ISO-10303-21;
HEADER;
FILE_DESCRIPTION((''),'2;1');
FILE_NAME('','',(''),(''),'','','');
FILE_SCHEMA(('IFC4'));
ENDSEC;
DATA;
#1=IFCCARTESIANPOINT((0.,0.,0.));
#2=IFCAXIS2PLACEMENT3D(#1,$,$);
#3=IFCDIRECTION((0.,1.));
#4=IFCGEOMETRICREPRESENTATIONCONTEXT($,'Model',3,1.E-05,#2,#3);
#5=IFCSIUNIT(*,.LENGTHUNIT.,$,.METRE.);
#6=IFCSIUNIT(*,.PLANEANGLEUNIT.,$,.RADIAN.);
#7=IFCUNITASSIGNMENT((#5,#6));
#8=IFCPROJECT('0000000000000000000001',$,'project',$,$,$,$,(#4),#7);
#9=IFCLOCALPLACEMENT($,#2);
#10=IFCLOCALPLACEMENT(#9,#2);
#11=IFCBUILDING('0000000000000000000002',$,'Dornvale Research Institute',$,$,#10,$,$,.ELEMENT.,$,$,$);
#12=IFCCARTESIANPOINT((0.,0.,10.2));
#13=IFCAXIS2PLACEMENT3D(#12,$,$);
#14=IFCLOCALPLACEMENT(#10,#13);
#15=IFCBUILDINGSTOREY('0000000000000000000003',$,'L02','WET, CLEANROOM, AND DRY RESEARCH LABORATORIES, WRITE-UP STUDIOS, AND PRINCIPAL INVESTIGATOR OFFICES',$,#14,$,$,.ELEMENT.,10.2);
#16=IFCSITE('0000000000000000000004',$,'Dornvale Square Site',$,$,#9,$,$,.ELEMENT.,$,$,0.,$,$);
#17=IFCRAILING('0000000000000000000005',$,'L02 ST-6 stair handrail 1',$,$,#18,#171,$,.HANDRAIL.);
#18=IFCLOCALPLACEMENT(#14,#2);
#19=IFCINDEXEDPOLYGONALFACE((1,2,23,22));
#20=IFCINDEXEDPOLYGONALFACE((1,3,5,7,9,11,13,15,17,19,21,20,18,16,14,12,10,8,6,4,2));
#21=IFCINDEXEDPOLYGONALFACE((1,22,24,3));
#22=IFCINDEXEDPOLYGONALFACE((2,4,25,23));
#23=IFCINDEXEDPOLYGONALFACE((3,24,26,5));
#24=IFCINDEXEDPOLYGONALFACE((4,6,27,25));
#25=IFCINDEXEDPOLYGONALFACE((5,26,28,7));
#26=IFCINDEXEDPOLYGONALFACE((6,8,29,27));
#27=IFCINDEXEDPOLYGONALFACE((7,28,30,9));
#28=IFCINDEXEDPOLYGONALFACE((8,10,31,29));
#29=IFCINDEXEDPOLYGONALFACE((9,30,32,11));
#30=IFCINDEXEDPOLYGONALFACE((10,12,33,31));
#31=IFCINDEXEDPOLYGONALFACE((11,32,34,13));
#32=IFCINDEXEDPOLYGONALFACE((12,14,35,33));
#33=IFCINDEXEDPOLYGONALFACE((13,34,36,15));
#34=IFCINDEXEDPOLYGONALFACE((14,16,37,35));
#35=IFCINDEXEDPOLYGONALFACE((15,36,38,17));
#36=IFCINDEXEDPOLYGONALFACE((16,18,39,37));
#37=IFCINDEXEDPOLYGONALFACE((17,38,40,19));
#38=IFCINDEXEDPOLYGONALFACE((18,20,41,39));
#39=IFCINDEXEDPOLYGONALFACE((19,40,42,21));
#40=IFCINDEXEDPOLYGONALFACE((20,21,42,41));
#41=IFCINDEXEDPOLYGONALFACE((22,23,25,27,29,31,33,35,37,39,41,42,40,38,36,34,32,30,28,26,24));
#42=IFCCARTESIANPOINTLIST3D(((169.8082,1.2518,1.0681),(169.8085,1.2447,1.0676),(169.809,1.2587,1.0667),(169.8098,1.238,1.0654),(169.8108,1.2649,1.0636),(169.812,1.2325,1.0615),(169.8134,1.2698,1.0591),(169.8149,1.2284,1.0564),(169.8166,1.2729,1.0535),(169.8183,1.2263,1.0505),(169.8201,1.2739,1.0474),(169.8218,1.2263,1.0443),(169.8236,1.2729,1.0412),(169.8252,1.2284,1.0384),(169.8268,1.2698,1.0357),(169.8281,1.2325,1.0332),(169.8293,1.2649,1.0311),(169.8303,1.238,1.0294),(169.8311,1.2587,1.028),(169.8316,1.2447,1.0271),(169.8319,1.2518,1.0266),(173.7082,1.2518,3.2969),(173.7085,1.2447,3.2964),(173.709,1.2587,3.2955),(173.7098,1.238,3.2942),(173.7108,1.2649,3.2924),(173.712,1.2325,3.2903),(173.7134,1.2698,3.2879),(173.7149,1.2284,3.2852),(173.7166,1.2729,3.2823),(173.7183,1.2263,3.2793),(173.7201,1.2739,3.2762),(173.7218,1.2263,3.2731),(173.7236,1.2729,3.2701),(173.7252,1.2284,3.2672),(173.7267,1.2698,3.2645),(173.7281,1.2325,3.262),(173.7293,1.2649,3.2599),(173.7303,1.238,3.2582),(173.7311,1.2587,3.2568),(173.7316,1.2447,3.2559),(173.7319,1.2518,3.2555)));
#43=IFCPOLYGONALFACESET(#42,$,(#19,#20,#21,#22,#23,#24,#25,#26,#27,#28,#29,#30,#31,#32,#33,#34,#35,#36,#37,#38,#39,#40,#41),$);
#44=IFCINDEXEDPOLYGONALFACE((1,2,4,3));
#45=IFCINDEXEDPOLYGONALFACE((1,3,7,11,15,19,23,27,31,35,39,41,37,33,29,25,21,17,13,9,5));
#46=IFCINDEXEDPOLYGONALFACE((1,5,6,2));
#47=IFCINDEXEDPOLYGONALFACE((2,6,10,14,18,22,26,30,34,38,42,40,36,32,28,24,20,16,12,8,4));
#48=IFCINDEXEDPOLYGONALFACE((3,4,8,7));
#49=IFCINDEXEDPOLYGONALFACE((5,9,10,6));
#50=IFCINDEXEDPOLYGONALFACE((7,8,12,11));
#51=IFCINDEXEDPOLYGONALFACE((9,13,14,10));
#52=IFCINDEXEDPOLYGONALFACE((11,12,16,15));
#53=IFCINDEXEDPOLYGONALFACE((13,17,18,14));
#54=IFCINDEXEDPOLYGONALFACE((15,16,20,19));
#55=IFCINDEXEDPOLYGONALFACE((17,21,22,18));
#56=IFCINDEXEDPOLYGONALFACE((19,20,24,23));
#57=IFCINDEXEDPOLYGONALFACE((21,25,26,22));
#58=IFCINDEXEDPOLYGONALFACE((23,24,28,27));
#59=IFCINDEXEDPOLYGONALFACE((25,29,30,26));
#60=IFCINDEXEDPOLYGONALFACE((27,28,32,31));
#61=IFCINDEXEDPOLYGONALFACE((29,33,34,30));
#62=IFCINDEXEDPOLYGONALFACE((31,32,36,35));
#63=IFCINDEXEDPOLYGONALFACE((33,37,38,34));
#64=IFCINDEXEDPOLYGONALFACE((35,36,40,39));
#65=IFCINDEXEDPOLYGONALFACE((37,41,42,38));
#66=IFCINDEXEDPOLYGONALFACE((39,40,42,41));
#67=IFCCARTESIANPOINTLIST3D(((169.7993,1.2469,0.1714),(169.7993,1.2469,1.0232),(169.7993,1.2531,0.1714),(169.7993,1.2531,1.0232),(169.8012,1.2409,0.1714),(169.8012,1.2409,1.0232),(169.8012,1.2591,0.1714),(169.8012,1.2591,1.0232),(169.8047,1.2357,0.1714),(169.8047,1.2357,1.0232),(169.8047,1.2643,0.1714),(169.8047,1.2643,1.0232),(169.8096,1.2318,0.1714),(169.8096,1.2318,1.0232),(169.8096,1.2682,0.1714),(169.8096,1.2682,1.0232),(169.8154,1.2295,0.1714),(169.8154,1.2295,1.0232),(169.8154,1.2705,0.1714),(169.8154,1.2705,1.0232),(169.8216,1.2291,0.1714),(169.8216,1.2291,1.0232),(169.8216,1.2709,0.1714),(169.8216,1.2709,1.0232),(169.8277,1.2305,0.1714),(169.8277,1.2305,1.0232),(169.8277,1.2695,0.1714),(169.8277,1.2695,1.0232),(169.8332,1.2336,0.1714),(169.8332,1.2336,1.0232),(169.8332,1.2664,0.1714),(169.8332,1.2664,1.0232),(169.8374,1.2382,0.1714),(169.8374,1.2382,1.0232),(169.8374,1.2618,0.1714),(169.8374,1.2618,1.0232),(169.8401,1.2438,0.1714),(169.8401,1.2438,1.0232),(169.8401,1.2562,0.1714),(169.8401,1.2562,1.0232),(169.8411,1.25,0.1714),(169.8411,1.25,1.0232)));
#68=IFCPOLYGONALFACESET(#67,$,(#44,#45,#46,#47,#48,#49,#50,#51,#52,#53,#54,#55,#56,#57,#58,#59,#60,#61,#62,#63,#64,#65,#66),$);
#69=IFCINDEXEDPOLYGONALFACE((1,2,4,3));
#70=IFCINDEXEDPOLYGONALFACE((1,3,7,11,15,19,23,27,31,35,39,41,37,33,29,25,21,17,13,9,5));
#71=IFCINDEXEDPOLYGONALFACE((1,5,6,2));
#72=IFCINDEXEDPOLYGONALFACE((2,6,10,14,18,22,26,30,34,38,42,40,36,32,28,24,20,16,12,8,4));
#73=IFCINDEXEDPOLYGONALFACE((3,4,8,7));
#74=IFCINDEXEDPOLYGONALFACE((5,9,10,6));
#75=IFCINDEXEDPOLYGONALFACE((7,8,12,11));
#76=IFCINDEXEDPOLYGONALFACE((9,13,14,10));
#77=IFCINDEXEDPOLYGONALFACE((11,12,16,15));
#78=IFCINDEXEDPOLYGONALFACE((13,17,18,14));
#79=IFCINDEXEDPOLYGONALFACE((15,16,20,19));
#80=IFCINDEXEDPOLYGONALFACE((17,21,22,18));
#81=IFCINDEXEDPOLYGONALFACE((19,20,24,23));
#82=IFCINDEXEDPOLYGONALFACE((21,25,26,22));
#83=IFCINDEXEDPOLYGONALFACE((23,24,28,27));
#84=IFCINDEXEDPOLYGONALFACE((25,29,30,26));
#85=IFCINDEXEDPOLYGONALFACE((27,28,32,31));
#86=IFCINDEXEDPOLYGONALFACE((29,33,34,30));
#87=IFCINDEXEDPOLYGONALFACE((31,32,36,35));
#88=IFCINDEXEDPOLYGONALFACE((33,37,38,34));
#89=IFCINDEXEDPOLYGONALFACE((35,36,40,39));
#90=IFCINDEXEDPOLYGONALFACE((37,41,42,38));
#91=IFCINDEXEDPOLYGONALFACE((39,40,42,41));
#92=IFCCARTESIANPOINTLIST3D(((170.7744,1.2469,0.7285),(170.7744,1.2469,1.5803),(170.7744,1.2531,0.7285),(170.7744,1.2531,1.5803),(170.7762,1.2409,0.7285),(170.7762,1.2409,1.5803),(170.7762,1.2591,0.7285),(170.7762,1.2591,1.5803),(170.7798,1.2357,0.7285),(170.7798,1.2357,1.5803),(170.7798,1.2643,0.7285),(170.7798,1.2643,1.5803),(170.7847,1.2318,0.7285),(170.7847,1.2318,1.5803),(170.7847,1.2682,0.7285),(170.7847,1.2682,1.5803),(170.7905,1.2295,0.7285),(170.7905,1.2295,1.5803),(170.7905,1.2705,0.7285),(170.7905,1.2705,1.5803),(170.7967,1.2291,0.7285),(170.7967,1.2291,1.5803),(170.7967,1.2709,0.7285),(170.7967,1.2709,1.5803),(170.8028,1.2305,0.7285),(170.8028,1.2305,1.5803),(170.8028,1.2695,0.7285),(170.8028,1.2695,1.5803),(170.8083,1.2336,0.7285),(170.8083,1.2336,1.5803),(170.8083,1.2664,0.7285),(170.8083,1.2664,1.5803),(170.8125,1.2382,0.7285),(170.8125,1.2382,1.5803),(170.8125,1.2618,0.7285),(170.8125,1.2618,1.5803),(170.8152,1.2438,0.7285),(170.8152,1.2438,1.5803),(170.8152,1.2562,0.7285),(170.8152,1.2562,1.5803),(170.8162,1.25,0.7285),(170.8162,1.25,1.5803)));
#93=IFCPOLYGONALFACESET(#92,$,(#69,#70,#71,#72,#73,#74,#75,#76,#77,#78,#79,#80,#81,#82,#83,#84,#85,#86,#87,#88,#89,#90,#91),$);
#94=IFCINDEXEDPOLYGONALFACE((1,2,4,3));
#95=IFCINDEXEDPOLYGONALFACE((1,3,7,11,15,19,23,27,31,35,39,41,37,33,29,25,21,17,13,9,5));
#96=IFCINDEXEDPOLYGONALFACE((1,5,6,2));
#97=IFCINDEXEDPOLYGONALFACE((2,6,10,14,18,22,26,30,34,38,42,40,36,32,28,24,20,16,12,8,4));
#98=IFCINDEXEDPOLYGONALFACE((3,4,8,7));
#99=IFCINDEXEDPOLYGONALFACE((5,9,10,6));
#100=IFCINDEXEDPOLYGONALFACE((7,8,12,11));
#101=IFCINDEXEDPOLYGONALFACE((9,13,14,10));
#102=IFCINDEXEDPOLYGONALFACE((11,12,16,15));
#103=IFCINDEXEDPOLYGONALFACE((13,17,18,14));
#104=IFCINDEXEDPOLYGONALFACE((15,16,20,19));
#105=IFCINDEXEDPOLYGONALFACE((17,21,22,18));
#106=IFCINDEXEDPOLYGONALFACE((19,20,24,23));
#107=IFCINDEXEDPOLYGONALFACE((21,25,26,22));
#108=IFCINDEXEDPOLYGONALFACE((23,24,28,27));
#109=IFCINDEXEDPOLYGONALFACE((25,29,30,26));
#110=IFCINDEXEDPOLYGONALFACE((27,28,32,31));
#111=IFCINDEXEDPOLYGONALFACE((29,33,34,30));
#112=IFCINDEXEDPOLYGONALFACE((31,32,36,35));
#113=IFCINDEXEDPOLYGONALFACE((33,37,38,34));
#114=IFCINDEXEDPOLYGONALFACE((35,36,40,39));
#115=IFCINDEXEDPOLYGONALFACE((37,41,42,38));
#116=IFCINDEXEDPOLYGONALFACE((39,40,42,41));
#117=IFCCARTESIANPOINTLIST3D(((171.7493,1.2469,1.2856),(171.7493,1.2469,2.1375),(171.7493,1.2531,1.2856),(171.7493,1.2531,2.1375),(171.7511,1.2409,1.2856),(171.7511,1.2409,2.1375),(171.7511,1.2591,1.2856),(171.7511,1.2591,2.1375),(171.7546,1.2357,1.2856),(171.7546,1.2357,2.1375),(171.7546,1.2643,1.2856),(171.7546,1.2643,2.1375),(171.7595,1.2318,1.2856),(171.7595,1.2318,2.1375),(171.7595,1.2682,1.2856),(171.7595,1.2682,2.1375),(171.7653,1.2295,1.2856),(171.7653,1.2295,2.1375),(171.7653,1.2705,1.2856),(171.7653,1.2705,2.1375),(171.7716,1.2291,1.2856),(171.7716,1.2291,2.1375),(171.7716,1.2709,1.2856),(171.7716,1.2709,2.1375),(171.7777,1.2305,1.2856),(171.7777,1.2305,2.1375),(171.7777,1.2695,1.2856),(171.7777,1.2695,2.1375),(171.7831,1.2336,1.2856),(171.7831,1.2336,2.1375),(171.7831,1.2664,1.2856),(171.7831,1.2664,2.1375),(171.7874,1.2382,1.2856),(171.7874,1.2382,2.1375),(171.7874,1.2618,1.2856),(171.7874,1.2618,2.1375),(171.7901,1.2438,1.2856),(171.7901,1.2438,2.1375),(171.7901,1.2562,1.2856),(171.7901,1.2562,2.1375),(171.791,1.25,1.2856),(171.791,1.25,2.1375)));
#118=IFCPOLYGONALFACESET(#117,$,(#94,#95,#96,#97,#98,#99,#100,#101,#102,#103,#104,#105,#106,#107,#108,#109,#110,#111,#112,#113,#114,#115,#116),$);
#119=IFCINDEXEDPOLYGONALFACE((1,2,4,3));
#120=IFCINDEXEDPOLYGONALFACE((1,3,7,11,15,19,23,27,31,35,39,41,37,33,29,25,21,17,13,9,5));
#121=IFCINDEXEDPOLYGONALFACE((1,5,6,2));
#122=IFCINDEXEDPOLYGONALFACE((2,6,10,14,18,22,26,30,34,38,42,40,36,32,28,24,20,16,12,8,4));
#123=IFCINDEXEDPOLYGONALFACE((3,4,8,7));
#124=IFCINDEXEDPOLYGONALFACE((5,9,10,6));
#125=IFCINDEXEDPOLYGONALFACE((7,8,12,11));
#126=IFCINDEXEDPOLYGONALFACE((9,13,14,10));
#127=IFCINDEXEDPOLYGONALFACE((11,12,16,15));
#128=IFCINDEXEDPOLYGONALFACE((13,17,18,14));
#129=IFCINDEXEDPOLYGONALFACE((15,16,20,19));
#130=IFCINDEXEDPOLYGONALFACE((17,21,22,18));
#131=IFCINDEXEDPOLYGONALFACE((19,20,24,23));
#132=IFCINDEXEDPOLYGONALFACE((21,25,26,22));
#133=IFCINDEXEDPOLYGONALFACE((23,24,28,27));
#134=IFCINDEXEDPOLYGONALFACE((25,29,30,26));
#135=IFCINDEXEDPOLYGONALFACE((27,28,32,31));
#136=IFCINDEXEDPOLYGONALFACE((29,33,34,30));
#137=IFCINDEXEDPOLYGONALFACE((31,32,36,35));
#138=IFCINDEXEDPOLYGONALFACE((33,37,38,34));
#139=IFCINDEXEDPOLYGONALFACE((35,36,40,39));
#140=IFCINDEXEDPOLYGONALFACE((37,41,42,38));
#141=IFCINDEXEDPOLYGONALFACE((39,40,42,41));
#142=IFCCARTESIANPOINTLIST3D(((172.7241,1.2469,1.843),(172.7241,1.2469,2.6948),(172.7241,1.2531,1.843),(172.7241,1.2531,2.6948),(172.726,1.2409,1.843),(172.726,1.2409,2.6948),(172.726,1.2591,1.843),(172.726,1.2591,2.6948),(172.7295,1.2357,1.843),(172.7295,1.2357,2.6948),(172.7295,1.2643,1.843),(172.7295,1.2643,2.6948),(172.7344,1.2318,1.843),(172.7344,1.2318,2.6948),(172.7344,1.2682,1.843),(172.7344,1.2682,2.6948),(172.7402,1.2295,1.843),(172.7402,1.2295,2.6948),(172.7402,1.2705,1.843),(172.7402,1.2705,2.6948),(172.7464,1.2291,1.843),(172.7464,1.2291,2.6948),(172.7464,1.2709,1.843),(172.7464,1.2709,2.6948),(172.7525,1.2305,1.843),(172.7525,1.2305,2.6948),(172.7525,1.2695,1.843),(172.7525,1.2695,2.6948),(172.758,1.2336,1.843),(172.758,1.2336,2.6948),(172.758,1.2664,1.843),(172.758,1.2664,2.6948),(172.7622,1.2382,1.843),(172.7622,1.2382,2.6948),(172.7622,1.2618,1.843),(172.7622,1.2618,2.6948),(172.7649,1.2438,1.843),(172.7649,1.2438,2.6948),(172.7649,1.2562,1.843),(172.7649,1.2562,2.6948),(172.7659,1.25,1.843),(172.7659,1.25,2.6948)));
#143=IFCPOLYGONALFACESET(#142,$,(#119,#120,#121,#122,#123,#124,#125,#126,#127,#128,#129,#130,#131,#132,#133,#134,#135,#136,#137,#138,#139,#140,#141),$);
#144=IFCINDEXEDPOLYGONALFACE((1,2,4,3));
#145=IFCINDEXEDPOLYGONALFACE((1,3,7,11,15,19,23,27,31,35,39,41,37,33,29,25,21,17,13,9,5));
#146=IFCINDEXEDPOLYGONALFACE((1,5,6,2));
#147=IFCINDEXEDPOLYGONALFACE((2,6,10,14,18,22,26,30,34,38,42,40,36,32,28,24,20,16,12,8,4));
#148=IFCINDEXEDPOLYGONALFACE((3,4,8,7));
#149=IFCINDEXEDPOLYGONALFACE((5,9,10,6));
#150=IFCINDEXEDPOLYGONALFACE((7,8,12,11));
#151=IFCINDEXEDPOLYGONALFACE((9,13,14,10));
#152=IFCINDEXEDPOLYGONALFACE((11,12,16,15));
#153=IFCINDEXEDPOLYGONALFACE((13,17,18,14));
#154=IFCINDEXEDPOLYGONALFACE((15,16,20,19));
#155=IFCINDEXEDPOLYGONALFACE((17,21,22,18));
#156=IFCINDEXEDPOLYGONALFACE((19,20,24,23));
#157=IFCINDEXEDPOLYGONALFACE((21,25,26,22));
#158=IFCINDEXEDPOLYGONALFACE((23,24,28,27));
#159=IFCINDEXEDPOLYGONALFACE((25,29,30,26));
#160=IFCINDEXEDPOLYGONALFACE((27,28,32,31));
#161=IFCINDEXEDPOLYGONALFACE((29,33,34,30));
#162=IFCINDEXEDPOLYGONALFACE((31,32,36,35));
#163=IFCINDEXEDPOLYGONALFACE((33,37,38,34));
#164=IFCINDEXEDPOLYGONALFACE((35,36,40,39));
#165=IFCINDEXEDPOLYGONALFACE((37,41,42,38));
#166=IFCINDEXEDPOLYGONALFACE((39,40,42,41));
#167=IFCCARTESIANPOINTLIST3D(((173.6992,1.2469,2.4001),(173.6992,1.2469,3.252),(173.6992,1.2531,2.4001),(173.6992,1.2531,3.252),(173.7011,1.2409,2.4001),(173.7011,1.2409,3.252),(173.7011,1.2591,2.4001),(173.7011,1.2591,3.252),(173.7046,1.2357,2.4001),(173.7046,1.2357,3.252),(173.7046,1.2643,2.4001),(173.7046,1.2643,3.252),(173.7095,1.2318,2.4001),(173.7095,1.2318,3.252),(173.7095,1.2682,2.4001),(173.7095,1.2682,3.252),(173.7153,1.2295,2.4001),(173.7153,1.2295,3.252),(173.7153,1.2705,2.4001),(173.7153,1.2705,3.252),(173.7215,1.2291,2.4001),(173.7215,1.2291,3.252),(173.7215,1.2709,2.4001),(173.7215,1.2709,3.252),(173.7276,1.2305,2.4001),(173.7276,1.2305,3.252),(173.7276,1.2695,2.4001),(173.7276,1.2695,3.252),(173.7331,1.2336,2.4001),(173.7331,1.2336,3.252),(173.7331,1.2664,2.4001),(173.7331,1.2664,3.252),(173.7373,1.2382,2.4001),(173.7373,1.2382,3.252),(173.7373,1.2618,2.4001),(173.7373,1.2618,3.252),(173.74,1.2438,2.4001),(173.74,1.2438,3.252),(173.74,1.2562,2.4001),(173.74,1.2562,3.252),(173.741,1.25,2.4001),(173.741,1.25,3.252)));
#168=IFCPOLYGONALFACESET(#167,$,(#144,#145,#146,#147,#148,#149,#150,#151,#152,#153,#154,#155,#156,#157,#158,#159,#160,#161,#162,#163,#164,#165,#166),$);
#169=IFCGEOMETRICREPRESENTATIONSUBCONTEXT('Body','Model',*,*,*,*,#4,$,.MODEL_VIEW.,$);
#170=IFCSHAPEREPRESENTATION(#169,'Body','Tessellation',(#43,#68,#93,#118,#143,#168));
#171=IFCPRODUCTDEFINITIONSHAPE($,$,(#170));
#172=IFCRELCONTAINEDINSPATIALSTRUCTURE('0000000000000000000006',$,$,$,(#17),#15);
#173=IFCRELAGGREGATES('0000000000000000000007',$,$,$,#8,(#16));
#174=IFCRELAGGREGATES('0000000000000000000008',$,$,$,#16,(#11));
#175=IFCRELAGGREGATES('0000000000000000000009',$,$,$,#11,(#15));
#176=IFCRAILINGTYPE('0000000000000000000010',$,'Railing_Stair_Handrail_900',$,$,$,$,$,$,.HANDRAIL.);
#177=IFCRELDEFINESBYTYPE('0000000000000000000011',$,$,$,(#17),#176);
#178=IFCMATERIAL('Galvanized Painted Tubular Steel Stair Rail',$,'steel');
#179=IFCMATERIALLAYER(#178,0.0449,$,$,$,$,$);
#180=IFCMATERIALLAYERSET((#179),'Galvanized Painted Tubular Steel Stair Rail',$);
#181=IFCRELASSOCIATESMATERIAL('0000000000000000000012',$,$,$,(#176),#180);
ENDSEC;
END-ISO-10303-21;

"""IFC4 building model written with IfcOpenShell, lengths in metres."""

from ifc_helpers import new_model, si_unit, direction, frame, origin, origin_2d, place, context, subcontext, project, spatial, circle, extrude, material, layer, layer_set, type_object, element, save


model = new_model("IFC4")

# Units and contexts
model_context = context("Model", 3, precision=1e-05, world=origin(), true_north=direction((0.0, 1.0)))
body_context = subcontext(model_context, "Body", "Model", "MODEL_VIEW")
ifc_project = project(units=[si_unit("LENGTHUNIT", "METRE"), si_unit("PLANEANGLEUNIT", "RADIAN")], contexts=[model_context])

# Site, building, storey
site_placement = place(None, origin())
site = spatial("IfcSite", under=ifc_project, at=site_placement, Name="Dornvale Square Site", CompositionType="ELEMENT", RefElevation=0.0)
building_placement = place(site_placement, origin())
building = spatial("IfcBuilding", under=site, at=building_placement, Name="Dornvale Research Institute", CompositionType="ELEMENT")
storey_placement = place(building_placement, frame((0.0, 0.0, 10.2)))
storey = spatial("IfcBuildingStorey", under=building, at=storey_placement, Name="L02", Description="WET, CLEANROOM, AND DRY RESEARCH LABORATORIES, WRITE-UP STUDIOS, AND PRINCIPAL INVESTIGATOR OFFICES", CompositionType="ELEMENT", Elevation=10.2)

# Railing
ifc_material_1 = material(Name="Galvanized Painted Tubular Steel Stair Rail", Category="steel")
ifc_layer_1 = layer(ifc_material_1, 0.0449)
ifc_layer_set_1 = layer_set([ifc_layer_1], Name="Galvanized Painted Tubular Steel Stair Rail")
railing_type_1 = type_object("IfcRailingType", Name="Railing_Stair_Handrail_900", PredefinedType="HANDRAIL", material=ifc_layer_set_1)
railing_1_placement = place(storey_placement, frame((169.8201, 1.25, 0.1714)))
element("IfcRailing", 1, at=railing_1_placement, inside=storey, type_object=railing_type_1, Name="L02 ST-6 stair handrail 1", PredefinedType="HANDRAIL", context=body_context, shape_type="SweptSolid", body=[
    extrude(circle(Radius=0.0239, at=origin_2d()), frame((0.0, 0.0, 0.876), z_axis=(0.86822, 0.0, 0.49618), x_axis=(0.0, 1.0, 0.0)), (0.0, 0.0, 1.0), 4.4919),
    extrude(circle(Radius=0.021, at=origin_2d()), origin(), (0.0, 0.0, 1.0), 0.8518),
    extrude(circle(Radius=0.021, at=origin_2d()), frame((0.9751, 0.0, 0.5571)), (0.0, 0.0, 1.0), 0.8518),
    extrude(circle(Radius=0.021, at=origin_2d()), frame((1.95, 0.0, 1.1143)), (0.0, 0.0, 1.0), 0.8518),
    extrude(circle(Radius=0.021, at=origin_2d()), frame((2.9248, 0.0, 1.6716)), (0.0, 0.0, 1.0), 0.8518),
    extrude(circle(Radius=0.021, at=origin_2d()), frame((3.8999, 0.0, 2.2288)), (0.0, 0.0, 1.0), 0.8518),
])

save(model, "model.ifc")
